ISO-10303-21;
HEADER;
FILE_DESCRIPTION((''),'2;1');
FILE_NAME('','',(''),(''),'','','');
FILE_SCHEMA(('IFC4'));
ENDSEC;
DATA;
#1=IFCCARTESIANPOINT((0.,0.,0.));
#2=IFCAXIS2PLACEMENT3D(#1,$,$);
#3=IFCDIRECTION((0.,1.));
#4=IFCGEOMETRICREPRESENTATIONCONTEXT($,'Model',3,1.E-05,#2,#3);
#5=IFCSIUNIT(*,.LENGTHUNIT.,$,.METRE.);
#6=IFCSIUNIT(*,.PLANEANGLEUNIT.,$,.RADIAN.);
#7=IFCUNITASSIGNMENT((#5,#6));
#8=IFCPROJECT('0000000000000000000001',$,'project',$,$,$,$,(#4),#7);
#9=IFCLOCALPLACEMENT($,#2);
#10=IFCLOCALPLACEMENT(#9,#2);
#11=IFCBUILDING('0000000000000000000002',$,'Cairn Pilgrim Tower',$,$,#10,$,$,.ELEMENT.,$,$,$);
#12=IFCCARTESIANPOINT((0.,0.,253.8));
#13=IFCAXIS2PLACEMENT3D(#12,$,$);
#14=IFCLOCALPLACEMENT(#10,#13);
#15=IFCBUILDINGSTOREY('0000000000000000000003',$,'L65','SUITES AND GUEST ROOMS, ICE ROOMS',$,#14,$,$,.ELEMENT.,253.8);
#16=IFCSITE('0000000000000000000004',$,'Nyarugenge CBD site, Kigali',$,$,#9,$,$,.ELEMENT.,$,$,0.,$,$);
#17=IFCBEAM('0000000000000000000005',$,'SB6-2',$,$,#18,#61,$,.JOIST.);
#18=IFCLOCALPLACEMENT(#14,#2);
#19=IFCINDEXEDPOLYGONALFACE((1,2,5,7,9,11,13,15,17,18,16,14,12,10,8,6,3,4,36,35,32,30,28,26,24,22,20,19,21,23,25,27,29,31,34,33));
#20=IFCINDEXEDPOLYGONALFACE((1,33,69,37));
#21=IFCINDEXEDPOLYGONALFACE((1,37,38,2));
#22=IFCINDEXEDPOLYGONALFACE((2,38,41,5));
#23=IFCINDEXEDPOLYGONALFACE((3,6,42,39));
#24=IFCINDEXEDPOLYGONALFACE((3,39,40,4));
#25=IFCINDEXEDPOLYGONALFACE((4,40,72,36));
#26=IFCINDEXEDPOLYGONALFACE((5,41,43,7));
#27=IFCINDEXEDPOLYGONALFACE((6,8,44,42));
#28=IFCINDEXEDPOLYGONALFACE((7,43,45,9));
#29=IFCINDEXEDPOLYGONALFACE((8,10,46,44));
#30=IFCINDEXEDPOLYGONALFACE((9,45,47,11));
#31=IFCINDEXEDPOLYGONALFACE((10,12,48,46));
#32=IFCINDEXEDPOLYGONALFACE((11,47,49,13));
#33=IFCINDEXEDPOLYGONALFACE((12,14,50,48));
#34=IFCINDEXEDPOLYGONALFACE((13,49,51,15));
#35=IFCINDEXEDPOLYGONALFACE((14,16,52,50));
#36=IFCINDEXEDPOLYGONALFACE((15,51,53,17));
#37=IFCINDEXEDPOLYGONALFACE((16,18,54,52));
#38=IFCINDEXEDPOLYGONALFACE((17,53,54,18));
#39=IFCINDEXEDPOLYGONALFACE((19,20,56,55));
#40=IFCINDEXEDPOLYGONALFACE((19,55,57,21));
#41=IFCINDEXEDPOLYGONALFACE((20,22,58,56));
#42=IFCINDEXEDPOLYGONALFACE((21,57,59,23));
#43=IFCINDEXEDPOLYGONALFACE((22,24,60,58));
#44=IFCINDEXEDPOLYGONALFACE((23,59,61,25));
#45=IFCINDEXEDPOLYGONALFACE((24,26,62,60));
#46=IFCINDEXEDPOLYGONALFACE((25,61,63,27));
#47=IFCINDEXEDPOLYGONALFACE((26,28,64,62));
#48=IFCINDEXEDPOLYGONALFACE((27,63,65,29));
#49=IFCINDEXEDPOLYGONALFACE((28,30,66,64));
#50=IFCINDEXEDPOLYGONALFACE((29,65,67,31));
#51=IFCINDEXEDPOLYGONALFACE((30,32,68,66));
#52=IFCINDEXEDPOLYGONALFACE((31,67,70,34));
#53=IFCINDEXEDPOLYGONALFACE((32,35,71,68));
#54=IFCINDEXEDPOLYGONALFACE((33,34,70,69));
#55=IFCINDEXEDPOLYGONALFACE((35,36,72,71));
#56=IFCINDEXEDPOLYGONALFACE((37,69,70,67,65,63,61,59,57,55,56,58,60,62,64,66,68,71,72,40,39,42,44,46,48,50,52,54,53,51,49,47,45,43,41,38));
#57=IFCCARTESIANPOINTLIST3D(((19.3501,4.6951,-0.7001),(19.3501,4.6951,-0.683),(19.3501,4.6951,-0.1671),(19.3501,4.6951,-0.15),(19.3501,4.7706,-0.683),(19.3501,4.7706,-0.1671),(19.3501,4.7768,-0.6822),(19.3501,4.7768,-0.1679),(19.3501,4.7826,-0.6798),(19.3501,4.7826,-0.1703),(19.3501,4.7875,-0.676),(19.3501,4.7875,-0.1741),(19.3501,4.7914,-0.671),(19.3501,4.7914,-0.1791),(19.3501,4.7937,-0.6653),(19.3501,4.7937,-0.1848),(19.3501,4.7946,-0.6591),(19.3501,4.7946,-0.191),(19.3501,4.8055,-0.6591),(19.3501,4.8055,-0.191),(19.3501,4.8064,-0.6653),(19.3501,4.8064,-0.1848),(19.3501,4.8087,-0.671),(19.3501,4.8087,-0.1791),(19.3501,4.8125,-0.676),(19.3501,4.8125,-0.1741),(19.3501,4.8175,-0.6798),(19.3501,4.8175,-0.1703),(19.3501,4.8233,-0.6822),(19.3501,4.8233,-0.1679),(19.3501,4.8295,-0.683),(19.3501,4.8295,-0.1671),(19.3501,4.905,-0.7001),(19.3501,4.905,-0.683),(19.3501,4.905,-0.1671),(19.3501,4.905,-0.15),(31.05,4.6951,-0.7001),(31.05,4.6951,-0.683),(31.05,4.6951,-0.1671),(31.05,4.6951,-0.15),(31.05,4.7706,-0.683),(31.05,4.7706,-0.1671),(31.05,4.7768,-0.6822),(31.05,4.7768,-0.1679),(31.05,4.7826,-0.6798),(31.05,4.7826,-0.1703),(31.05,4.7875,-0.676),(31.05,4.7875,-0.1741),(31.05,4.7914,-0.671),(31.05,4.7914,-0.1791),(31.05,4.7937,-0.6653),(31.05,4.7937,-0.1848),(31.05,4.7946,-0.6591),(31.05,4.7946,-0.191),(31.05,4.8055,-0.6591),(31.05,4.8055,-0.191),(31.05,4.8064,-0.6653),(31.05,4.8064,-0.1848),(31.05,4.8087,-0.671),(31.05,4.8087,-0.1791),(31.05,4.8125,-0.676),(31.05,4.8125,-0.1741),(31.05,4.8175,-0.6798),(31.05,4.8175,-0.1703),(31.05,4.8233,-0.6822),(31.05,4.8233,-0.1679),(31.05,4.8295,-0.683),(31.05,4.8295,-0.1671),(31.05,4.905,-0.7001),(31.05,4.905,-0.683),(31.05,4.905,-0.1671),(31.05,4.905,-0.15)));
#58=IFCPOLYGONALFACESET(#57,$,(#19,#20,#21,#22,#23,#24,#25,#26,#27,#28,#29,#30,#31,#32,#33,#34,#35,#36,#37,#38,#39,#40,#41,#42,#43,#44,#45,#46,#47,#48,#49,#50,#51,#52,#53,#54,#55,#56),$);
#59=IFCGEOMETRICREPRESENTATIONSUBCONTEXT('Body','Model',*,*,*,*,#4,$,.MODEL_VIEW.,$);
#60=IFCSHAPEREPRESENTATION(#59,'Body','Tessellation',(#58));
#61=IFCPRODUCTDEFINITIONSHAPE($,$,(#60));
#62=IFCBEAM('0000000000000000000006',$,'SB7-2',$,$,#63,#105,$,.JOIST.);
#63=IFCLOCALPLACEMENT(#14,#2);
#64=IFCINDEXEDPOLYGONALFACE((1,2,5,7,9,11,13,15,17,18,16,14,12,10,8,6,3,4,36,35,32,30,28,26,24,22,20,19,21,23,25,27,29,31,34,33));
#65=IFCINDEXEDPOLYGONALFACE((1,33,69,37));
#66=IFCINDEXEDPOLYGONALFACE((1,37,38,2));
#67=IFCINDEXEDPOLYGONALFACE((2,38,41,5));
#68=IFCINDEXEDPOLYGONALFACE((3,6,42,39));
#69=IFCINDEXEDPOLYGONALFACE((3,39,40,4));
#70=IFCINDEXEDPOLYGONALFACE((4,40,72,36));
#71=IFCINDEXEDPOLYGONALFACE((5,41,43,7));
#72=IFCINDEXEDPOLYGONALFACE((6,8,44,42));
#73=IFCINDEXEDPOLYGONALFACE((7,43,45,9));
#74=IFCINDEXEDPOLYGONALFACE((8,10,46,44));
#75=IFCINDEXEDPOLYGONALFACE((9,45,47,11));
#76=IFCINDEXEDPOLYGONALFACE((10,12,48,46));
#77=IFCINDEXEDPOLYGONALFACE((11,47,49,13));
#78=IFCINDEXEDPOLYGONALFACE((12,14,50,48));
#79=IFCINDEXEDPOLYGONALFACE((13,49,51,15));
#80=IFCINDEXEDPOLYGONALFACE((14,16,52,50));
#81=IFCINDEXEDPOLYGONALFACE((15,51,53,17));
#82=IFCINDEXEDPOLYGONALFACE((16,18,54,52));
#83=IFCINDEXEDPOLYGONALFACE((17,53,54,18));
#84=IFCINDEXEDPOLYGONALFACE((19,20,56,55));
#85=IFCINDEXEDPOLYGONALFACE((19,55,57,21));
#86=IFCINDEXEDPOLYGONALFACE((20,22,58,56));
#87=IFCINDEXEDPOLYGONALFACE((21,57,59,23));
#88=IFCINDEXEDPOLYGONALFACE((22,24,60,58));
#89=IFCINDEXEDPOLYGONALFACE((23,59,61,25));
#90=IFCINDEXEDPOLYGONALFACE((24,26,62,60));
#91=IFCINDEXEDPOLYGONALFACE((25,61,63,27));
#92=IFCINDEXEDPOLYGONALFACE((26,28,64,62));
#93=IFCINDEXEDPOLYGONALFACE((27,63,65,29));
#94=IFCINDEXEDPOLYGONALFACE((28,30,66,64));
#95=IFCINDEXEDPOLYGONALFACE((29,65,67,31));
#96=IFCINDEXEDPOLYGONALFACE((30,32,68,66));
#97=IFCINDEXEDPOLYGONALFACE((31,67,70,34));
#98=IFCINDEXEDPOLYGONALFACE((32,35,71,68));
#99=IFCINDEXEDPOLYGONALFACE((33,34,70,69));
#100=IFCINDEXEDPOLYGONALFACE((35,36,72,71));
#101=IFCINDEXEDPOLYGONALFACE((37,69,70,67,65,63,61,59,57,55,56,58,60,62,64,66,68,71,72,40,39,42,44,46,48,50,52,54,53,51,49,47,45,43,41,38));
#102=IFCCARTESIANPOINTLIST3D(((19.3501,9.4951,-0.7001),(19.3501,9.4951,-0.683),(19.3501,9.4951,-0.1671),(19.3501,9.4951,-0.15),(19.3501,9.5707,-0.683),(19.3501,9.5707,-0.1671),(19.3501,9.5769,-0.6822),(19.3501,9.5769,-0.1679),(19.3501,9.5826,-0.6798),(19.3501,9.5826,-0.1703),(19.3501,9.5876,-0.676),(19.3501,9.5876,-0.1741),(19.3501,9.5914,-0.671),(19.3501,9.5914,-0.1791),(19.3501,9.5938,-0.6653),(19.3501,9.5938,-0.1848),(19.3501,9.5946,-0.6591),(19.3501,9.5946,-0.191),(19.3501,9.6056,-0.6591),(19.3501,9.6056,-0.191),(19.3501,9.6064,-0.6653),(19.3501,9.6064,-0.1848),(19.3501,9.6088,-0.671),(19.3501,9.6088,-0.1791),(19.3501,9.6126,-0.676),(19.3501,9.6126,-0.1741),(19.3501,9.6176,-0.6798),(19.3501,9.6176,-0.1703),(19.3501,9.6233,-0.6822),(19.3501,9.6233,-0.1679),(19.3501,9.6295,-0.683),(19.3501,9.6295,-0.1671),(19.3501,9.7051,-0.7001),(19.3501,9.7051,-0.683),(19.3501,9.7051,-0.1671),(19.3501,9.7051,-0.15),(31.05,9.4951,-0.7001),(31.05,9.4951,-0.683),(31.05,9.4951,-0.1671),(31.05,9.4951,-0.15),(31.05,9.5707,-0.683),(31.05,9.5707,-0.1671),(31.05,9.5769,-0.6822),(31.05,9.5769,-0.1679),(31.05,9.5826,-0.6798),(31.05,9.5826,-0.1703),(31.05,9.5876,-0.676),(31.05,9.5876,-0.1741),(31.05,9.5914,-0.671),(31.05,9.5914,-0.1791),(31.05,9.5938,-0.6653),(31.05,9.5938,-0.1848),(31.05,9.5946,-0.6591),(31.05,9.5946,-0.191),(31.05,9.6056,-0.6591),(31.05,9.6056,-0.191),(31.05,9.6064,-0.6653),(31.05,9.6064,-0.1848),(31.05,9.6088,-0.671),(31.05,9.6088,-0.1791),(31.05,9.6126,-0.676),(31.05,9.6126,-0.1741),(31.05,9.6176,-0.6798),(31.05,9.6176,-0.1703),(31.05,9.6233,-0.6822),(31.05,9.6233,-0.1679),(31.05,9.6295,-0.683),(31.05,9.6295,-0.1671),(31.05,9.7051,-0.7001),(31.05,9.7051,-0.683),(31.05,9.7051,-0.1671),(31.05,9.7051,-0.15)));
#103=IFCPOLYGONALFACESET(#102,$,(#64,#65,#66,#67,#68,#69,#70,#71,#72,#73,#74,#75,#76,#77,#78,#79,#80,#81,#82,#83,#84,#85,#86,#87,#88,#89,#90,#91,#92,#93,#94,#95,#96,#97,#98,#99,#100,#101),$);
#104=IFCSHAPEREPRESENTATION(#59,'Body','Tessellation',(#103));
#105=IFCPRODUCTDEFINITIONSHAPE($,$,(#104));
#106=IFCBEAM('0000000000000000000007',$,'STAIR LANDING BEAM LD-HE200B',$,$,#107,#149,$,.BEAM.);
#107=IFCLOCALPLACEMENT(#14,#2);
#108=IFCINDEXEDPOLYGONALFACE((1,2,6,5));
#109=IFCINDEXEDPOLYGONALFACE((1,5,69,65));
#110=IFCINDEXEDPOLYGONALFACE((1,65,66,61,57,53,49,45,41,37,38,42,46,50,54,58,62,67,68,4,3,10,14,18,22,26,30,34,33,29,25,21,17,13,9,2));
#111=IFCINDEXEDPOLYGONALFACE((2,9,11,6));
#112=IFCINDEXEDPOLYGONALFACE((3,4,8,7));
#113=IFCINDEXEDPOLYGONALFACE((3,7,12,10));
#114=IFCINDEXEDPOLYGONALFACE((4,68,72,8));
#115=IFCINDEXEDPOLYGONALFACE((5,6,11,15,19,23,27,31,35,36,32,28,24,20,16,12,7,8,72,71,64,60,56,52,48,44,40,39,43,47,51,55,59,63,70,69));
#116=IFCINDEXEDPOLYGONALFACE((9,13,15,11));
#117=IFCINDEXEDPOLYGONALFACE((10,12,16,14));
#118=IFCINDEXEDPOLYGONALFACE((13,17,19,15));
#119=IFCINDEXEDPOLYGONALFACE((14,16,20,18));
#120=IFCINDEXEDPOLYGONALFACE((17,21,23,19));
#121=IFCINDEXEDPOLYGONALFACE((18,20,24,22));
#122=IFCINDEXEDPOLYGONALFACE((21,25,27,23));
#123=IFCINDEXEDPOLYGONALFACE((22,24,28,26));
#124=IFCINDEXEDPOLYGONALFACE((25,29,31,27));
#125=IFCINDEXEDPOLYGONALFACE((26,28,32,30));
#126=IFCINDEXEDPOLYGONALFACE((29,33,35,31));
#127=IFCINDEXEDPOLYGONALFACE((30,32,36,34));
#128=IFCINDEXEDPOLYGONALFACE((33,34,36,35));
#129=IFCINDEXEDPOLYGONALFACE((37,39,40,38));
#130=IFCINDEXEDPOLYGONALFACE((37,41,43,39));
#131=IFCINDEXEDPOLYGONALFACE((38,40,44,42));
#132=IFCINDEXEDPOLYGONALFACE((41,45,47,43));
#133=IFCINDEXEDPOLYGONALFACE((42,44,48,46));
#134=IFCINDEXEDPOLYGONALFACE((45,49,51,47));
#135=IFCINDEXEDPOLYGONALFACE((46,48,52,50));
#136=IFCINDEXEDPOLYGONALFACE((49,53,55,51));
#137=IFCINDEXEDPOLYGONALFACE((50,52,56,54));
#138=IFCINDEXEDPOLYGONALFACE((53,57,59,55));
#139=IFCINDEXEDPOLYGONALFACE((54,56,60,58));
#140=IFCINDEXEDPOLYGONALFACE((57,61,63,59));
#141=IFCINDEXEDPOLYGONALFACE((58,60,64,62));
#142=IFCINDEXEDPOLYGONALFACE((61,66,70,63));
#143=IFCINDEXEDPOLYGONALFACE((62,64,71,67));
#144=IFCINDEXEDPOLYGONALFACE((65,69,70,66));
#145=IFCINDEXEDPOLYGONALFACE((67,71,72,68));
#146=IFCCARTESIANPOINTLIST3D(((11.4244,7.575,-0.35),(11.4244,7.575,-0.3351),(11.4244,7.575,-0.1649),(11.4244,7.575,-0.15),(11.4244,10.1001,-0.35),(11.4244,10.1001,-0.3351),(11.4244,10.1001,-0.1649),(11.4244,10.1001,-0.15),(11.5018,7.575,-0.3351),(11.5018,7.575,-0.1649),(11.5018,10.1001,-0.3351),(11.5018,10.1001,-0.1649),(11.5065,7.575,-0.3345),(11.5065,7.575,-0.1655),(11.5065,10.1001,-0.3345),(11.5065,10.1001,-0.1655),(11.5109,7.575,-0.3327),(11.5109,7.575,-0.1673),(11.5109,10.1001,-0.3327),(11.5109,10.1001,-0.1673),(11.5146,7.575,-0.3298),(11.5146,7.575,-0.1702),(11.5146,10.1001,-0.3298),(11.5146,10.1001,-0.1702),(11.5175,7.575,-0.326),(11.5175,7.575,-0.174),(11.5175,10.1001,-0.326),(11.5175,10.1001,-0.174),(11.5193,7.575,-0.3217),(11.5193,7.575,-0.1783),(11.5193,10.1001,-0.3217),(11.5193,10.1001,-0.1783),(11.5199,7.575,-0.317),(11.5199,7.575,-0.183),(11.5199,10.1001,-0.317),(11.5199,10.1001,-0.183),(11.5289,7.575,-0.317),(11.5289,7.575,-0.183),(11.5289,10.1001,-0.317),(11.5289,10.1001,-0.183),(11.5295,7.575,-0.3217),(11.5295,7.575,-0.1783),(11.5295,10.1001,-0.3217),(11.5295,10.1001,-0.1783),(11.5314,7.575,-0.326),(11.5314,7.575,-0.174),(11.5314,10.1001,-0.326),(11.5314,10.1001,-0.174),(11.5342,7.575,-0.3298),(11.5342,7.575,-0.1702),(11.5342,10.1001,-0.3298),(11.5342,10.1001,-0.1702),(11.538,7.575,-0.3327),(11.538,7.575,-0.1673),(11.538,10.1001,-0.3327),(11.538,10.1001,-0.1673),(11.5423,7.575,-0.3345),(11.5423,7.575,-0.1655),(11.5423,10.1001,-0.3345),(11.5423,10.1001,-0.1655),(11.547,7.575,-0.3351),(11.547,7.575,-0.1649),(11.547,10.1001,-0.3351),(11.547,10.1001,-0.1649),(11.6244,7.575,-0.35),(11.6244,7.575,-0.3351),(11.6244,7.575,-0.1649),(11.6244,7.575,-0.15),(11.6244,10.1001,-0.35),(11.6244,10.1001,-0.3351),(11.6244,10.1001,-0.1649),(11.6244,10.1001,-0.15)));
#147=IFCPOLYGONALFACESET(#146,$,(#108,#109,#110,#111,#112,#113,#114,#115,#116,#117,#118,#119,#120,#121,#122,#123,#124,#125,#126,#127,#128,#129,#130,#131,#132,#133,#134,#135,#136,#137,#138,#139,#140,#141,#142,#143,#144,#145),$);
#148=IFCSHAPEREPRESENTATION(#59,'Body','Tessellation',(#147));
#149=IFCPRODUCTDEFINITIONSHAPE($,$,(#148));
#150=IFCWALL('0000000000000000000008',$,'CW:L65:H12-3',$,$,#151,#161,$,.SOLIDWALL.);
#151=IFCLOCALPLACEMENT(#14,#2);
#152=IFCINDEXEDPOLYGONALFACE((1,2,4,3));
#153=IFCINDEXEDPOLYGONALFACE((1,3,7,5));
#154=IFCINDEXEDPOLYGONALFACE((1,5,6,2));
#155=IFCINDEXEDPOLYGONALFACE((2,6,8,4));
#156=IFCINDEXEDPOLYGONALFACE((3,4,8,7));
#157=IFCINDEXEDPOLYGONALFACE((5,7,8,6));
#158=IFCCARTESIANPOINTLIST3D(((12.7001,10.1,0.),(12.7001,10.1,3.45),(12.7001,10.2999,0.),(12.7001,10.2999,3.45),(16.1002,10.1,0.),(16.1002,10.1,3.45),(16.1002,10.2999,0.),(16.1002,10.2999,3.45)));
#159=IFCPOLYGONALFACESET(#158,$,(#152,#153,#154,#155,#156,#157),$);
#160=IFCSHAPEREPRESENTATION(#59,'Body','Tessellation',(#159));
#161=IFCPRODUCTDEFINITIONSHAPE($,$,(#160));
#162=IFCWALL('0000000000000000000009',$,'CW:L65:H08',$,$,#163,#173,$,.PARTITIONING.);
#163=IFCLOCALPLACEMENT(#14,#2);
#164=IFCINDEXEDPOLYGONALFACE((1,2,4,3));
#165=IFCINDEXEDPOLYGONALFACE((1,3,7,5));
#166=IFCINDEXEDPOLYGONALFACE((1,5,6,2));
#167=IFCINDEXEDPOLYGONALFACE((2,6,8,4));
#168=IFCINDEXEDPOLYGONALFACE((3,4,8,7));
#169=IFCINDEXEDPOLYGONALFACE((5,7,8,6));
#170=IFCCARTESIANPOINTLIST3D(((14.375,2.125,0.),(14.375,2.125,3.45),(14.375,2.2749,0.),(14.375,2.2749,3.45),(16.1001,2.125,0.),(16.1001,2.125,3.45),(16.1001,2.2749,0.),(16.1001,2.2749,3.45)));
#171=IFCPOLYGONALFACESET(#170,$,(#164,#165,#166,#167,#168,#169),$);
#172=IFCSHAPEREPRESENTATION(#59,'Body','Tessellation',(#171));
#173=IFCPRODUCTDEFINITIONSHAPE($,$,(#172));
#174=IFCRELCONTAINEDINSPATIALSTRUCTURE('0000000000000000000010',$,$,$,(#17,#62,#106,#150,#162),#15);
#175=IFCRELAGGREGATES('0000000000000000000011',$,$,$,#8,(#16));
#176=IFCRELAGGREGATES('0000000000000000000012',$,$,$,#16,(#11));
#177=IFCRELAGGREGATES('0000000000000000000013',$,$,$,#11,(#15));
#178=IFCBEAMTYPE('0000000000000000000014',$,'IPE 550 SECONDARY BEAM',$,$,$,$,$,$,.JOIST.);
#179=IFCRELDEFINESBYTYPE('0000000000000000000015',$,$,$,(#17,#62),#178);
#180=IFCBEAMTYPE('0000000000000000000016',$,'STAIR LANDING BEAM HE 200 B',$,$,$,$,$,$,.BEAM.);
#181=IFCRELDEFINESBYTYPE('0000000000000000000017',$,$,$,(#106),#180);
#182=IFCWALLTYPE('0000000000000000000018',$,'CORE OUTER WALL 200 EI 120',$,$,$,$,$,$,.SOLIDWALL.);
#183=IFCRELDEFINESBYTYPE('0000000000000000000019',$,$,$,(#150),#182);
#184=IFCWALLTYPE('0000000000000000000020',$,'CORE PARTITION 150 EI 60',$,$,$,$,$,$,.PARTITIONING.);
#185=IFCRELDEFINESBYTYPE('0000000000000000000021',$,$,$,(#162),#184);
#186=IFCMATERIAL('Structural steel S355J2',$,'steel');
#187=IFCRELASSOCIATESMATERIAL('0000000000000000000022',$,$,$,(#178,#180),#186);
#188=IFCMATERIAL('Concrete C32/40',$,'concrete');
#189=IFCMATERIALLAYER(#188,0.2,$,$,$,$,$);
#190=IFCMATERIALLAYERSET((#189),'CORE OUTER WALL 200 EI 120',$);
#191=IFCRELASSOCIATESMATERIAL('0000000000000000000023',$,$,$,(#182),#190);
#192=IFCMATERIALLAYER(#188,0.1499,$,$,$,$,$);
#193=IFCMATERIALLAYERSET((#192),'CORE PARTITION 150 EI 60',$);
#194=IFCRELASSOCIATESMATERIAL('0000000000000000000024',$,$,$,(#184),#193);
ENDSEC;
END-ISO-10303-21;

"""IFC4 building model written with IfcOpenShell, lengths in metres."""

from ifc_helpers import new_model, si_unit, direction, frame, frame_2d, origin, origin_2d, place, context, subcontext, project, spatial, rectangle, i_section, extrude, material, layer, layer_set, material_profile, profile_set, type_object, element, save


model = new_model("IFC4")

# Units and contexts
model_context = context("Model", 3, precision=1e-05, world=origin(), true_north=direction((0.0, 1.0)))
body_context = subcontext(model_context, "Body", "Model", "MODEL_VIEW")
ifc_project = project(units=[si_unit("LENGTHUNIT", "METRE"), si_unit("PLANEANGLEUNIT", "RADIAN")], contexts=[model_context])

# Site, building, storey
site_placement = place(None, origin())
site = spatial("IfcSite", under=ifc_project, at=site_placement, Name="Nyarugenge CBD site, Kigali", CompositionType="ELEMENT", RefElevation=0.0)
building_placement = place(site_placement, origin())
building = spatial("IfcBuilding", under=site, at=building_placement, Name="Cairn Pilgrim Tower", CompositionType="ELEMENT")
storey_placement = place(building_placement, frame((0.0, 0.0, 253.8)))
storey = spatial("IfcBuildingStorey", under=building, at=storey_placement, Name="L65", Description="SUITES AND GUEST ROOMS, ICE ROOMS", CompositionType="ELEMENT", Elevation=253.8)

# Shared definitions
ifc_material_1 = material(Name="Structural steel S355J2", Category="steel")

# Beams
ifc_material_profile_1 = material_profile(ifc_material_1, i_section(OverallWidth=0.21, OverallDepth=0.55, WebThickness=0.011, FlangeThickness=0.0171, FilletRadius=0.0239, at=origin_2d()), Name="IPE 550")
ifc_profile_set_1 = profile_set([ifc_material_profile_1], Name="Structural steel S355J2")
beam_type_1 = type_object("IfcBeamType", Name="IPE 550 SECONDARY BEAM", PredefinedType="JOIST", material=ifc_profile_set_1)
for number, where, z_axis, x_axis, name in (
    (1, (19.3501, 4.8, -0.425), (1.0, 0.0, 0.0), (0.0, 1.0, 0.0), "SB6-2"),
    (2, (19.3501, 9.6001, -0.425), (1.0, 0.0, 0.0), (0.0, 1.0, 0.0), "SB7-2"),
):
    element("IfcBeam", number, at=place(storey_placement, frame(where, z_axis=z_axis, x_axis=x_axis)), inside=storey, type_object=beam_type_1, Name=name, PredefinedType="JOIST", context=body_context, shape_type="SweptSolid", body=[
        extrude(i_section(OverallWidth=0.21, OverallDepth=0.55, WebThickness=0.011, FlangeThickness=0.0171, FilletRadius=0.0239, at=origin_2d()), origin(), (0.0, 0.0, 1.0), 11.7),
    ])
ifc_material_profile_2 = material_profile(ifc_material_1, i_section(OverallWidth=0.2, OverallDepth=0.2, WebThickness=0.009, FlangeThickness=0.0149, FilletRadius=0.0181, at=origin_2d()), Name="HE 200 B")
ifc_profile_set_2 = profile_set([ifc_material_profile_2], Name="Structural steel S355J2")
beam_type_2 = type_object("IfcBeamType", Name="STAIR LANDING BEAM HE 200 B", PredefinedType="BEAM", material=ifc_profile_set_2)
beam_1_placement = place(storey_placement, frame((11.5244, 10.1001, -0.25), z_axis=(0.0, -1.0, 0.0), x_axis=(1.0, 0.0, 0.0)))
element("IfcBeam", 3, at=beam_1_placement, inside=storey, type_object=beam_type_2, Name="STAIR LANDING BEAM LD-HE200B", PredefinedType="BEAM", context=body_context, shape_type="SweptSolid", body=[
    extrude(i_section(OverallWidth=0.2, OverallDepth=0.2, WebThickness=0.009, FlangeThickness=0.0149, FilletRadius=0.0181, at=origin_2d()), origin(), (0.0, 0.0, 1.0), 2.5251),
])

# Walls
ifc_material_2 = material(Name="Concrete C32/40", Category="concrete")
ifc_layer_1 = layer(ifc_material_2, 0.2)
ifc_layer_set_1 = layer_set([ifc_layer_1], Name="CORE OUTER WALL 200 EI 120")
wall_type_1 = type_object("IfcWallType", Name="CORE OUTER WALL 200 EI 120", PredefinedType="SOLIDWALL", material=ifc_layer_set_1)
wall_1_placement = place(storey_placement, frame((12.7, 10.2, 0.0), z_axis=(0.0, 0.0, 1.0), x_axis=(1.0, 0.0, 0.0)))
element("IfcWall", 4, at=wall_1_placement, inside=storey, type_object=wall_type_1, Name="CW:L65:H12-3", PredefinedType="SOLIDWALL", context=body_context, shape_type="SweptSolid", body=[
    extrude(rectangle(XDim=3.4001, YDim=0.2, at=frame_2d((1.7002, 0.0))), origin(), (0.0, 0.0, 1.0), 3.45),
])
ifc_layer_2 = layer(ifc_material_2, 0.1499)
ifc_layer_set_2 = layer_set([ifc_layer_2], Name="CORE PARTITION 150 EI 60")
wall_type_2 = type_object("IfcWallType", Name="CORE PARTITION 150 EI 60", PredefinedType="PARTITIONING", material=ifc_layer_set_2)
wall_2_placement = place(storey_placement, frame((14.375, 2.2, 0.0), z_axis=(0.0, 0.0, 1.0), x_axis=(1.0, 0.0, 0.0)))
element("IfcWall", 5, at=wall_2_placement, inside=storey, type_object=wall_type_2, Name="CW:L65:H08", PredefinedType="PARTITIONING", context=body_context, shape_type="SweptSolid", body=[
    extrude(rectangle(XDim=1.7251, YDim=0.1499, at=frame_2d((0.8625, 0.0))), origin(), (0.0, 0.0, 1.0), 3.45),
])

save(model, "model.ifc")
